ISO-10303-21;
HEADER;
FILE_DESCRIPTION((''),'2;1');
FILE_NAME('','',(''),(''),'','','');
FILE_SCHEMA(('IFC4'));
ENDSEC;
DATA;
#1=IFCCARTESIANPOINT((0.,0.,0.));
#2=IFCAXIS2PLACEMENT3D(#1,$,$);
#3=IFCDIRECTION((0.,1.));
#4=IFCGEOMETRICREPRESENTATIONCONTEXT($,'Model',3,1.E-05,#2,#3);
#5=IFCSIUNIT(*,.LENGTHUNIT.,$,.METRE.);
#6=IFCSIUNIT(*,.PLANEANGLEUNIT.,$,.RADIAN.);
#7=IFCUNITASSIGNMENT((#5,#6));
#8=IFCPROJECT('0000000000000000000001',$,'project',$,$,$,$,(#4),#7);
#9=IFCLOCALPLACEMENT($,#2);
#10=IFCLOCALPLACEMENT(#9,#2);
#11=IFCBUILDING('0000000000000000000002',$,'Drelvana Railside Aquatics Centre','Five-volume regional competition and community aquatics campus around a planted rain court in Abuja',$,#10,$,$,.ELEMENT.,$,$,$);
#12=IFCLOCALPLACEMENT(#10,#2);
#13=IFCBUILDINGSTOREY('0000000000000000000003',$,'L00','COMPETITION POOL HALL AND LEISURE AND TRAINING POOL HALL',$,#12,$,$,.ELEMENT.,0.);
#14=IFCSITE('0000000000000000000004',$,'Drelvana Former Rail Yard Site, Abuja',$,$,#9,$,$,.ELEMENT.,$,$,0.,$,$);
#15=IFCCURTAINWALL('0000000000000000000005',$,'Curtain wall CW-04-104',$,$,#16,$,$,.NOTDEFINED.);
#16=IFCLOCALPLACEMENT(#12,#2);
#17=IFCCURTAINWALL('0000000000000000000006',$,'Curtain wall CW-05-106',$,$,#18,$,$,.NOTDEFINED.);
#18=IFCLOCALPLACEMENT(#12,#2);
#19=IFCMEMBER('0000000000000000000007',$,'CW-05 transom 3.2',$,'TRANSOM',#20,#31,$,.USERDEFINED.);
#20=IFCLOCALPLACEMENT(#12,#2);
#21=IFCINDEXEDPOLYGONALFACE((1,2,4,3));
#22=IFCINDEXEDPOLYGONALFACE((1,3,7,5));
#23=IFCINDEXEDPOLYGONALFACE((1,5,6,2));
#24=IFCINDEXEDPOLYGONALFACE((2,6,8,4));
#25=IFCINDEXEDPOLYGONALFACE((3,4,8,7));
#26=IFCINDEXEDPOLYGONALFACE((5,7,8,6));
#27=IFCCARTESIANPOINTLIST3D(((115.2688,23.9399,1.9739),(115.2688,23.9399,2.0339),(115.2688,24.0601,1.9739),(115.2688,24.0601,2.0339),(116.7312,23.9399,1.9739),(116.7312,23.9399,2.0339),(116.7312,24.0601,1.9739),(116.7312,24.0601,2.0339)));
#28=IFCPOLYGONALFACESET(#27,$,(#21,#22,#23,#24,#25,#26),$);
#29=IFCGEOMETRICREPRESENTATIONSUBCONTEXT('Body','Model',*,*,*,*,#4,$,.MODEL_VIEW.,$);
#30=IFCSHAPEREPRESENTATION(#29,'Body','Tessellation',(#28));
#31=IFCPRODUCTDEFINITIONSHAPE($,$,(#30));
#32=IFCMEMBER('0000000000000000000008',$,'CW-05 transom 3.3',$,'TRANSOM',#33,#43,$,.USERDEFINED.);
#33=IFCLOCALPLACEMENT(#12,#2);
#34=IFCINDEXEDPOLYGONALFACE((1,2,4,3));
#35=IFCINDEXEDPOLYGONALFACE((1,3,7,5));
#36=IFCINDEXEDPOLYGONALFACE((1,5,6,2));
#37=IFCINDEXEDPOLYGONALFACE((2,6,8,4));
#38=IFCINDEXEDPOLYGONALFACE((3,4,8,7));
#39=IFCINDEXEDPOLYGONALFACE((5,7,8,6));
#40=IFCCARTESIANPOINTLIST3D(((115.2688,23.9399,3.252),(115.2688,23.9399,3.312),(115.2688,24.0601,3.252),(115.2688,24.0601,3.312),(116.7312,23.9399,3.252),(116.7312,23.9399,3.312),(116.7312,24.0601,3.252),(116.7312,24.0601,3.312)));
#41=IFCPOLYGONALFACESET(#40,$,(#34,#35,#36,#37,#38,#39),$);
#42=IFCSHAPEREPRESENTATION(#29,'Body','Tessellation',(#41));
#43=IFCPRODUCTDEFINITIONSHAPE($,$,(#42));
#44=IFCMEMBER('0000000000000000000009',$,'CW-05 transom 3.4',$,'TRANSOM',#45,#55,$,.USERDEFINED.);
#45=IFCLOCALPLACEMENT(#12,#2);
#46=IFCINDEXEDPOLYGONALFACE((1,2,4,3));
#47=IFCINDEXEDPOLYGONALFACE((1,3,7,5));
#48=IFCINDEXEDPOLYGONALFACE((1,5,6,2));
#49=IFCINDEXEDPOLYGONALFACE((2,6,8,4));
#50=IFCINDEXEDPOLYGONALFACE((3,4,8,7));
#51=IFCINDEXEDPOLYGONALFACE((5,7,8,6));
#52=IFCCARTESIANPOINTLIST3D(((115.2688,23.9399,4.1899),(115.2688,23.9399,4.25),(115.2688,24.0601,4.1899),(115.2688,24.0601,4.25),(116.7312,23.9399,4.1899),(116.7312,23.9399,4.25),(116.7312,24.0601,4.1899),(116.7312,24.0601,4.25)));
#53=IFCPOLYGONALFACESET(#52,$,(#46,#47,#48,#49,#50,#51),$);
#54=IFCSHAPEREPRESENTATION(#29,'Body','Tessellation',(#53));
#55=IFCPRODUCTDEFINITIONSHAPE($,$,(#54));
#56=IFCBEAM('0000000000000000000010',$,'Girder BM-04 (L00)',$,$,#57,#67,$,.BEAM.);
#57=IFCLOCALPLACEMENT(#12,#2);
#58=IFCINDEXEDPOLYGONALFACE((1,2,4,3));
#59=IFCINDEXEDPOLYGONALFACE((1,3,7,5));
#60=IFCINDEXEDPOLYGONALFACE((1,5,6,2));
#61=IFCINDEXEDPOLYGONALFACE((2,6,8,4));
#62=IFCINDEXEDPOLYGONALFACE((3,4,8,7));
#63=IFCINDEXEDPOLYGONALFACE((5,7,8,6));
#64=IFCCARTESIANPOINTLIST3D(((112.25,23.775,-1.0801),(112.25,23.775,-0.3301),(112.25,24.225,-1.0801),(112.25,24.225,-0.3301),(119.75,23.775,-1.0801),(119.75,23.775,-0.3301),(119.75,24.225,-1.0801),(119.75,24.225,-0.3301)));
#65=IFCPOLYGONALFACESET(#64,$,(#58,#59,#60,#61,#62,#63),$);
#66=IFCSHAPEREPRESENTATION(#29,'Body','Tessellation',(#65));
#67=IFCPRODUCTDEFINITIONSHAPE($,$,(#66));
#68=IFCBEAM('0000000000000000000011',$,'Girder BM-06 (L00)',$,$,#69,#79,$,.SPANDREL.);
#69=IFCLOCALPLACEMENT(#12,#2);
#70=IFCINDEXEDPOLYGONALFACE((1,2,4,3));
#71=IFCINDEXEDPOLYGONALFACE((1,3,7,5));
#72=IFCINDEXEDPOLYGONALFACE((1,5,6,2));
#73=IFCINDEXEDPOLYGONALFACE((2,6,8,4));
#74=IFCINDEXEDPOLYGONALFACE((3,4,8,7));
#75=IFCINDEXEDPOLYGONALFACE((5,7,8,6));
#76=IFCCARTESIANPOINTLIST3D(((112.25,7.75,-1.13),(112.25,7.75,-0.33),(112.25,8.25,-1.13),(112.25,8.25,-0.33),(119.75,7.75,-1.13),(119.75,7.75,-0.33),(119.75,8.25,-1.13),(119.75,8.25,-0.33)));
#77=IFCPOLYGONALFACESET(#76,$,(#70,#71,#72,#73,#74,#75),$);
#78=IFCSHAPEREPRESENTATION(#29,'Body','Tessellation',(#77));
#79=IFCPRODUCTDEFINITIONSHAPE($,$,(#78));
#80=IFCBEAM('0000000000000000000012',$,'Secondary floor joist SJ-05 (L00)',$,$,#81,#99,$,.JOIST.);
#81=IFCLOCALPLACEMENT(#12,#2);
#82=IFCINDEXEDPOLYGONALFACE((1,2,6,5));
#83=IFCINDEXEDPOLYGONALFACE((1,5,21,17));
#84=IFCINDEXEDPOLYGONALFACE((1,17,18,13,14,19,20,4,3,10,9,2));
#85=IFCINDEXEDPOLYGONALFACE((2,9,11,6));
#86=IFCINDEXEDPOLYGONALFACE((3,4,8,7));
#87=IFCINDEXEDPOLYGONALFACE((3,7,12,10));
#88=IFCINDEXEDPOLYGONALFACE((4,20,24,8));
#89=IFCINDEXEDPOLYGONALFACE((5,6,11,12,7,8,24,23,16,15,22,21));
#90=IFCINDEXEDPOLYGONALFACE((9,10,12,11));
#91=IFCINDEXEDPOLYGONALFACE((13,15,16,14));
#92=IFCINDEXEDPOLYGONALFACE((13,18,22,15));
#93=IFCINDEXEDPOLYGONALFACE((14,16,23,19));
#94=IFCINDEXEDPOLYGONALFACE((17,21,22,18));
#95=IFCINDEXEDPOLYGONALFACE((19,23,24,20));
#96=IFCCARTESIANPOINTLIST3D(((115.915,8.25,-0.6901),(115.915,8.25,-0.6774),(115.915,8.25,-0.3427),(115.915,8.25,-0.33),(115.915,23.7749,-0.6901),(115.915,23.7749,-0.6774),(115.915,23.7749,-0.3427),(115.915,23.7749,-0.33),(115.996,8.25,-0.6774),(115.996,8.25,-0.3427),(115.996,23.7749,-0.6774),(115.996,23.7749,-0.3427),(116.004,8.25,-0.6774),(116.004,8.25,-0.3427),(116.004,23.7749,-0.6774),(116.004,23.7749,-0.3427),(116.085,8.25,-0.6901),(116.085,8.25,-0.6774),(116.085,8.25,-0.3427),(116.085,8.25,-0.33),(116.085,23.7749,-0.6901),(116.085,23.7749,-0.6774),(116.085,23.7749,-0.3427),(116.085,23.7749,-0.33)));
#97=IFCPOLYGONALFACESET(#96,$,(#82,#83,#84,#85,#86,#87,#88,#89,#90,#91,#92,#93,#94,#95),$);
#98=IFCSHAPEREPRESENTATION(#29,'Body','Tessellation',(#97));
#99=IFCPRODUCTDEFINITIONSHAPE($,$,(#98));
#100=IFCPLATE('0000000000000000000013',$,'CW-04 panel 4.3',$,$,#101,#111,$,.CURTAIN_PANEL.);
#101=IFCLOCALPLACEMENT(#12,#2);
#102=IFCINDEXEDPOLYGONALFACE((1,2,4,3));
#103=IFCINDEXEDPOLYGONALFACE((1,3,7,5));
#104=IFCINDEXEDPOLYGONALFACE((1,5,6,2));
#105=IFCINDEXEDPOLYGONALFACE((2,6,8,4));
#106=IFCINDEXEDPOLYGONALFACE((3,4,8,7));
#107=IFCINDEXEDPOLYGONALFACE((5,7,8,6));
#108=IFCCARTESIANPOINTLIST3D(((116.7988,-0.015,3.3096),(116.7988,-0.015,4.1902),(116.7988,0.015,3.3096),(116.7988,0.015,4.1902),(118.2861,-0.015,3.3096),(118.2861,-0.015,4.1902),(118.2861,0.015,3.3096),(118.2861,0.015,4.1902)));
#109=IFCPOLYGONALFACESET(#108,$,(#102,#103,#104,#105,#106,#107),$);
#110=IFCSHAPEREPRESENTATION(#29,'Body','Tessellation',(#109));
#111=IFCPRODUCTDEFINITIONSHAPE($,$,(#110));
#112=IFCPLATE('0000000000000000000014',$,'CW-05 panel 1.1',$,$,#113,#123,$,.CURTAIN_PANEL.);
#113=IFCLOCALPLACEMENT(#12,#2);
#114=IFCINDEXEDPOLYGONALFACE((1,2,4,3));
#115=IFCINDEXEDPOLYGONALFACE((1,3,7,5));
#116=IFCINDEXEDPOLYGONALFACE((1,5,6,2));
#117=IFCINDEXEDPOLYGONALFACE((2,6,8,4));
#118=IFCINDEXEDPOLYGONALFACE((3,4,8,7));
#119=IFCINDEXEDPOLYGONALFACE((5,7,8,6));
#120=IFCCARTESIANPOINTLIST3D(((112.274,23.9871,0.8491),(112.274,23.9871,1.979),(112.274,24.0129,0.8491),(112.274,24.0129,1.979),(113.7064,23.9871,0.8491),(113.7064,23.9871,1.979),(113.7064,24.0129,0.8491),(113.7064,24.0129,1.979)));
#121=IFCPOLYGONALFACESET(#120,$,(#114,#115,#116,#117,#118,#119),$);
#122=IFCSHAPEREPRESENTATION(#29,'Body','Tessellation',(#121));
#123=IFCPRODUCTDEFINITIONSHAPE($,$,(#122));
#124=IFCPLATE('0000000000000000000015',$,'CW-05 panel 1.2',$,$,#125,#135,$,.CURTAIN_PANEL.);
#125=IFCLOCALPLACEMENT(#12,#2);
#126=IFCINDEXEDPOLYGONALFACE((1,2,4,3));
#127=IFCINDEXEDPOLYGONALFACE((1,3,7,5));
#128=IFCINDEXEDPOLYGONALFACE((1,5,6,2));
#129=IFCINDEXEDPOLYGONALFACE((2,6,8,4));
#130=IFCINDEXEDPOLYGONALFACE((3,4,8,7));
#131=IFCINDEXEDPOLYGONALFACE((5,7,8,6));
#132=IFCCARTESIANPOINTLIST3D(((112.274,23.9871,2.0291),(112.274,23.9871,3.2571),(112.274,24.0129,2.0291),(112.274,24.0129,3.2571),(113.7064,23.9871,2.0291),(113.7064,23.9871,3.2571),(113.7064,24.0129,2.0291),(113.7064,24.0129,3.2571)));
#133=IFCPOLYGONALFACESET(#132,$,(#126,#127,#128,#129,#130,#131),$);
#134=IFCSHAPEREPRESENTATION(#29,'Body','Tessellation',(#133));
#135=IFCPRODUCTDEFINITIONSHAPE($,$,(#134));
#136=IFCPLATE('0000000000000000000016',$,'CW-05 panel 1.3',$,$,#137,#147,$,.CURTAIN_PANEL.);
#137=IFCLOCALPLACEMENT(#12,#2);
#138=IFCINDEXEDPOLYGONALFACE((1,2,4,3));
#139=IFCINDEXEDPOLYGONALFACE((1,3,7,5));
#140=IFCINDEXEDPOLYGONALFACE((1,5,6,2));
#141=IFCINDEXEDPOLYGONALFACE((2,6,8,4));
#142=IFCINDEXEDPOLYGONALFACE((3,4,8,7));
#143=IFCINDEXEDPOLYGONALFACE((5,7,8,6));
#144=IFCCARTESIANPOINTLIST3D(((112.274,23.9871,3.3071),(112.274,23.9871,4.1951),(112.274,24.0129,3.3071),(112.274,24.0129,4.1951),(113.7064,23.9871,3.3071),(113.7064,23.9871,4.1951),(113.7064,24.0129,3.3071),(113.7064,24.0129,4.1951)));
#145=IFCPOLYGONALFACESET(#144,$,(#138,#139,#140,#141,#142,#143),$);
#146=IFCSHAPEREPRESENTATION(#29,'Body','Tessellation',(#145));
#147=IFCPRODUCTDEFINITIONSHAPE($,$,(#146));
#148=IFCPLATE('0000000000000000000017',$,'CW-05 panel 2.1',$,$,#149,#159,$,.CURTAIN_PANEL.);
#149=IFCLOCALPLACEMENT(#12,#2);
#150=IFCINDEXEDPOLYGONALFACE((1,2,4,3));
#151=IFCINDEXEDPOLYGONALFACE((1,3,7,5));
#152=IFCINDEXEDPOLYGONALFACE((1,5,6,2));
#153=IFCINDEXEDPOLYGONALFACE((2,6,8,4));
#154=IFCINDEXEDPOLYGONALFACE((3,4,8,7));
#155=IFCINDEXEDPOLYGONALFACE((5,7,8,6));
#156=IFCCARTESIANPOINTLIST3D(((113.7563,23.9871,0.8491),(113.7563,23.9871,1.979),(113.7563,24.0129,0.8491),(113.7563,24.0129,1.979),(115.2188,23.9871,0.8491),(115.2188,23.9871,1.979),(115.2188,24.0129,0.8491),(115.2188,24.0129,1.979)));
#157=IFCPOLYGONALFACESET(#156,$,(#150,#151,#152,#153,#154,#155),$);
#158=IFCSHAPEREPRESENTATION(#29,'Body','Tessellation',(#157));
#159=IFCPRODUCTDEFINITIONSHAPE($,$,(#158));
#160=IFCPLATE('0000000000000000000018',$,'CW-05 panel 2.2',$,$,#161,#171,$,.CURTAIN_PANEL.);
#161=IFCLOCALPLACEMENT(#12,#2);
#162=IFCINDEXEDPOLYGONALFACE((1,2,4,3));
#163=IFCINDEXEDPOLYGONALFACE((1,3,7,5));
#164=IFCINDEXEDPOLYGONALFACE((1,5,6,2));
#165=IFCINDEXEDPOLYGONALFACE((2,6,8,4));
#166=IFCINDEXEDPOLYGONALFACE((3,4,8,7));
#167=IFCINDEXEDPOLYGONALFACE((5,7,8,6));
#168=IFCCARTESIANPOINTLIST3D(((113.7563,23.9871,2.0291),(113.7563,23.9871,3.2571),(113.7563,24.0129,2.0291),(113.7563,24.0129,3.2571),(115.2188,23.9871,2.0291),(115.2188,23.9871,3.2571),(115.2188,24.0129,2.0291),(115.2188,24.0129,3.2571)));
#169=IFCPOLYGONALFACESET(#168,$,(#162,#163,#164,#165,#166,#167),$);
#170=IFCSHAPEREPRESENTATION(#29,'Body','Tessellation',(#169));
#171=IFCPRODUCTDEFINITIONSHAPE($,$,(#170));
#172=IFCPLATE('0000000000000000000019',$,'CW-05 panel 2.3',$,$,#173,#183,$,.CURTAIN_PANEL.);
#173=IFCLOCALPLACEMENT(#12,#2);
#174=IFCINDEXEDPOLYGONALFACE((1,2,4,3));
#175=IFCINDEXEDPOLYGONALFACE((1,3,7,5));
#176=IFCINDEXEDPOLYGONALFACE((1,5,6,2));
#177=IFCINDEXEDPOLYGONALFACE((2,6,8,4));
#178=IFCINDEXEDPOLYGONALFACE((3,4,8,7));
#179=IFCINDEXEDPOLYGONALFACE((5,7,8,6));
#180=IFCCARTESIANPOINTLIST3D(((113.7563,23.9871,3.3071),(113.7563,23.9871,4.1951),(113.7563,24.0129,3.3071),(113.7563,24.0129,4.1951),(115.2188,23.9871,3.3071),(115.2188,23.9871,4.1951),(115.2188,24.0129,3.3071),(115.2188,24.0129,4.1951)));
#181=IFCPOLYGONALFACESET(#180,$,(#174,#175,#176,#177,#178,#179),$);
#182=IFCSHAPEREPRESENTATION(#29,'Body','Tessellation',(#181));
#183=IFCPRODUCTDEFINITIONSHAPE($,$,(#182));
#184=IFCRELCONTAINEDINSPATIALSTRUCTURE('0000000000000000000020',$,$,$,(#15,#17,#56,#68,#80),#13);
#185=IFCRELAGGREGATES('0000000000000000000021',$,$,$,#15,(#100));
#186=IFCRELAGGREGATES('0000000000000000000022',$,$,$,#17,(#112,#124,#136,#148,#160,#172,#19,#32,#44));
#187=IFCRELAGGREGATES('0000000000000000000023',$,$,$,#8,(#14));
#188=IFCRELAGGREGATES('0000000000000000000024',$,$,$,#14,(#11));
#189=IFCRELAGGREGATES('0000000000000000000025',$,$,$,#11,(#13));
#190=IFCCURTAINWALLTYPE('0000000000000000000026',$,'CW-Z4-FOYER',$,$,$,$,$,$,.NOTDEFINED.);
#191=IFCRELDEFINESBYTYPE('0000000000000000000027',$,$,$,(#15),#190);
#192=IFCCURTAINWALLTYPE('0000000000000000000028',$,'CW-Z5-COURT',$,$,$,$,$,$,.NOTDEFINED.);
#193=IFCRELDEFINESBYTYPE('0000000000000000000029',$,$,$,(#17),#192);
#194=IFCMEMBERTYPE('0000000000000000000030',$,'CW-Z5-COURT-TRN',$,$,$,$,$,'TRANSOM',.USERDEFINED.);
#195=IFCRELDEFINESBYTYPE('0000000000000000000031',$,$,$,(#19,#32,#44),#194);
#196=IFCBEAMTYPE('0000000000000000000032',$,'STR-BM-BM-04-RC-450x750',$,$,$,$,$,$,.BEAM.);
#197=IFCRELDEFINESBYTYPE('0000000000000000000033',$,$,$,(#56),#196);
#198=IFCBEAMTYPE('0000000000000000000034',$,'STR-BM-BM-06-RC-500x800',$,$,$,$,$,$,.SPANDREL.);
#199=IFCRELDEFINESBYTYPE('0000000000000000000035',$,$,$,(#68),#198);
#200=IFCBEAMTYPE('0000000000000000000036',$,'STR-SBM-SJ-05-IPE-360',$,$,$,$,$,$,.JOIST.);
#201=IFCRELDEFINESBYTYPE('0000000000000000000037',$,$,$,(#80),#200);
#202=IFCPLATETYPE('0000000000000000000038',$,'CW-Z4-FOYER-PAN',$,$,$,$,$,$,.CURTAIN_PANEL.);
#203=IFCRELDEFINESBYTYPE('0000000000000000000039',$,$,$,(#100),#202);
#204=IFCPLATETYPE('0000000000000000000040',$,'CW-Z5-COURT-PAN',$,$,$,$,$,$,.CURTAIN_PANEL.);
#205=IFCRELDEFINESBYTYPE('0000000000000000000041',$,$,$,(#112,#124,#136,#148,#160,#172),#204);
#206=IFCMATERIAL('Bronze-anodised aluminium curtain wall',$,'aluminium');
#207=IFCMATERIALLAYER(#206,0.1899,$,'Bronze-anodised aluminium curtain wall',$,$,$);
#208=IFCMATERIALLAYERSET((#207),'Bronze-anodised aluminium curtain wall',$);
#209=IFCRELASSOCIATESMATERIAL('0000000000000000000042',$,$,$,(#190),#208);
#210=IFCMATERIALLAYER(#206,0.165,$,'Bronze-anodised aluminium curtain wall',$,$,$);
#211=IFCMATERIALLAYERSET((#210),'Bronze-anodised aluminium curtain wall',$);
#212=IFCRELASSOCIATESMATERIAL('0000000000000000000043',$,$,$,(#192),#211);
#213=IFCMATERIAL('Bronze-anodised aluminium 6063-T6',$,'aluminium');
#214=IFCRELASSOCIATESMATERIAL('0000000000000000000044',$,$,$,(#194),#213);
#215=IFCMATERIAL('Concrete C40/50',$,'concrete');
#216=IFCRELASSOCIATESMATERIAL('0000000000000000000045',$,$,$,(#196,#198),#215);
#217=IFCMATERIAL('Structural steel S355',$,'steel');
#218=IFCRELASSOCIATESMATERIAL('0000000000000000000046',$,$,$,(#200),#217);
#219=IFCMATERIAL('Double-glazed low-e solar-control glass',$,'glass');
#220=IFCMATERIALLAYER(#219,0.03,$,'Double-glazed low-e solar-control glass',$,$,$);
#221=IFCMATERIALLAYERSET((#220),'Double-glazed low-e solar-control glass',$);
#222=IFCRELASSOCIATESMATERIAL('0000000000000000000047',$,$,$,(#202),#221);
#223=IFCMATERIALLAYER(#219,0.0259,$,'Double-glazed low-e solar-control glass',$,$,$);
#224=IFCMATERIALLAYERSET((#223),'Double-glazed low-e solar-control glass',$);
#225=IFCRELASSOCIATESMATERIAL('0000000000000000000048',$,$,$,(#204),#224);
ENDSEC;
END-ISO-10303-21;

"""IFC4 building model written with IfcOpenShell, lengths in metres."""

from ifc_helpers import new_model, si_unit, direction, frame, origin, origin_2d, place, context, subcontext, project, spatial, rectangle, i_section, extrude, material, layer, layer_set, material_profile, profile_set, type_object, element, aggregate, save


model = new_model("IFC4")

# Units and contexts
model_context = context("Model", 3, precision=1e-05, world=origin(), true_north=direction((0.0, 1.0)))
body_context = subcontext(model_context, "Body", "Model", "MODEL_VIEW")
ifc_project = project(units=[si_unit("LENGTHUNIT", "METRE"), si_unit("PLANEANGLEUNIT", "RADIAN")], contexts=[model_context])

# Site, building, storey
site_placement = place(None, origin())
site = spatial("IfcSite", under=ifc_project, at=site_placement, Name="Drelvana Former Rail Yard Site, Abuja", CompositionType="ELEMENT", RefElevation=0.0)
building_placement = place(site_placement, origin())
building = spatial("IfcBuilding", under=site, at=building_placement, Name="Drelvana Railside Aquatics Centre", Description="Five-volume regional competition and community aquatics campus around a planted rain court in Abuja", CompositionType="ELEMENT")
storey_placement = place(building_placement, origin())
storey = spatial("IfcBuildingStorey", under=building, at=storey_placement, Name="L00", Description="COMPETITION POOL HALL AND LEISURE AND TRAINING POOL HALL", CompositionType="ELEMENT", Elevation=0.0)

# Curtain walls, members
ifc_material_1 = material(Name="Bronze-anodised aluminium curtain wall", Category="aluminium")
ifc_layer_1 = layer(ifc_material_1, 0.1899, Name="Bronze-anodised aluminium curtain wall")
ifc_layer_set_1 = layer_set([ifc_layer_1], Name="Bronze-anodised aluminium curtain wall")
curtain_wall_type_1 = type_object("IfcCurtainWallType", Name="CW-Z4-FOYER", PredefinedType="NOTDEFINED", material=ifc_layer_set_1)
curtain_wall_1_placement = place(storey_placement, origin())
curtain_wall_1 = element("IfcCurtainWall", 1, at=curtain_wall_1_placement, inside=storey, type_object=curtain_wall_type_1, Name="Curtain wall CW-04-104", PredefinedType="NOTDEFINED")
ifc_material_2 = material(Name="Bronze-anodised aluminium 6063-T6", Category="aluminium")
ifc_layer_2 = layer(ifc_material_1, 0.165, Name="Bronze-anodised aluminium curtain wall")
ifc_layer_set_2 = layer_set([ifc_layer_2], Name="Bronze-anodised aluminium curtain wall")
curtain_wall_type_2 = type_object("IfcCurtainWallType", Name="CW-Z5-COURT", PredefinedType="NOTDEFINED", material=ifc_layer_set_2)
curtain_wall_2_placement = place(storey_placement, origin())
curtain_wall_2 = element("IfcCurtainWall", 2, at=curtain_wall_2_placement, inside=storey, type_object=curtain_wall_type_2, Name="Curtain wall CW-05-106", PredefinedType="NOTDEFINED")
ifc_material_profile_1 = material_profile(ifc_material_2, rectangle(XDim=0.1201, YDim=0.0601, at=origin_2d()), Name="ALU-T 60x120")
ifc_profile_set_1 = profile_set([ifc_material_profile_1], Name="Bronze-anodised aluminium 6063-T6")
member_type_1 = type_object("IfcMemberType", Name="CW-Z5-COURT-TRN", ElementType="TRANSOM", PredefinedType="USERDEFINED", material=ifc_profile_set_1)
member_1_placement = place(storey_placement, frame((115.2688, 24.0, 2.0039), z_axis=(1.0, 0.0, 0.0), x_axis=(0.0, 1.0, 0.0)))
member_1 = element("IfcMember", 3, at=member_1_placement, type_object=member_type_1, Name="CW-05 transom 3.2", ObjectType="TRANSOM", PredefinedType="USERDEFINED", context=body_context, shape_type="SweptSolid", body=[
    extrude(rectangle(XDim=0.1201, YDim=0.0601, at=origin_2d()), origin(), (0.0, 0.0, 1.0), 1.4624),
])
member_2_placement = place(storey_placement, frame((115.2688, 24.0, 3.282), z_axis=(1.0, 0.0, 0.0), x_axis=(0.0, 1.0, 0.0)))
member_2 = element("IfcMember", 4, at=member_2_placement, type_object=member_type_1, Name="CW-05 transom 3.3", ObjectType="TRANSOM", PredefinedType="USERDEFINED", context=body_context, shape_type="SweptSolid", body=[
    extrude(rectangle(XDim=0.1201, YDim=0.0601, at=origin_2d()), origin(), (0.0, 0.0, 1.0), 1.4624),
])
member_3_placement = place(storey_placement, frame((115.2688, 24.0, 4.22), z_axis=(1.0, 0.0, 0.0), x_axis=(0.0, 1.0, 0.0)))
member_3 = element("IfcMember", 5, at=member_3_placement, type_object=member_type_1, Name="CW-05 transom 3.4", ObjectType="TRANSOM", PredefinedType="USERDEFINED", context=body_context, shape_type="SweptSolid", body=[
    extrude(rectangle(XDim=0.1201, YDim=0.0601, at=origin_2d()), origin(), (0.0, 0.0, 1.0), 1.4624),
])

# Beams
ifc_material_3 = material(Name="Concrete C40/50", Category="concrete")
ifc_material_profile_2 = material_profile(ifc_material_3, rectangle(XDim=0.45, YDim=0.75, at=origin_2d()), Name="RC 450x750")
ifc_profile_set_2 = profile_set([ifc_material_profile_2], Name="Concrete C40/50")
beam_type_1 = type_object("IfcBeamType", Name="STR-BM-BM-04-RC-450x750", PredefinedType="BEAM", material=ifc_profile_set_2)
beam_1_placement = place(storey_placement, frame((112.25, 24.0, -0.7051), z_axis=(1.0, 0.0, 0.0), x_axis=(0.0, 1.0, 0.0)))
element("IfcBeam", 6, at=beam_1_placement, inside=storey, type_object=beam_type_1, Name="Girder BM-04 (L00)", PredefinedType="BEAM", context=body_context, shape_type="SweptSolid", body=[
    extrude(rectangle(XDim=0.45, YDim=0.75, at=origin_2d()), origin(), (0.0, 0.0, 1.0), 7.5),
])
ifc_material_profile_3 = material_profile(ifc_material_3, rectangle(XDim=0.5, YDim=0.8, at=origin_2d()), Name="RC 500x800")
ifc_profile_set_3 = profile_set([ifc_material_profile_3], Name="Concrete C40/50")
beam_type_2 = type_object("IfcBeamType", Name="STR-BM-BM-06-RC-500x800", PredefinedType="SPANDREL", material=ifc_profile_set_3)
beam_2_placement = place(storey_placement, frame((112.25, 8.0, -0.73), z_axis=(1.0, 0.0, 0.0), x_axis=(0.0, 1.0, 0.0)))
element("IfcBeam", 7, at=beam_2_placement, inside=storey, type_object=beam_type_2, Name="Girder BM-06 (L00)", PredefinedType="SPANDREL", context=body_context, shape_type="SweptSolid", body=[
    extrude(rectangle(XDim=0.5, YDim=0.8, at=origin_2d()), origin(), (0.0, 0.0, 1.0), 7.5),
])
ifc_material_4 = material(Name="Structural steel S355", Category="steel")
ifc_material_profile_4 = material_profile(ifc_material_4, i_section(OverallWidth=0.1699, OverallDepth=0.3601, WebThickness=0.0081, FlangeThickness=0.0127, at=origin_2d()), Name="IPE 360")
ifc_profile_set_4 = profile_set([ifc_material_profile_4], Name="Structural steel S355")
beam_type_3 = type_object("IfcBeamType", Name="STR-SBM-SJ-05-IPE-360", PredefinedType="JOIST", material=ifc_profile_set_4)
beam_3_placement = place(storey_placement, frame((116.0, 8.25, -0.51), z_axis=(0.0, 1.0, 0.0), x_axis=(-1.0, 0.0, 0.0)))
element("IfcBeam", 8, at=beam_3_placement, inside=storey, type_object=beam_type_3, Name="Secondary floor joist SJ-05 (L00)", PredefinedType="JOIST", context=body_context, shape_type="SweptSolid", body=[
    extrude(i_section(OverallWidth=0.1699, OverallDepth=0.3601, WebThickness=0.0081, FlangeThickness=0.0127, at=origin_2d()), origin(), (0.0, 0.0, 1.0), 15.5249),
])

# Plates
ifc_material_5 = material(Name="Double-glazed low-e solar-control glass", Category="glass")
ifc_layer_3 = layer(ifc_material_5, 0.03, Name="Double-glazed low-e solar-control glass")
ifc_layer_set_3 = layer_set([ifc_layer_3], Name="Double-glazed low-e solar-control glass")
plate_type_1 = type_object("IfcPlateType", Name="CW-Z4-FOYER-PAN", PredefinedType="CURTAIN_PANEL", material=ifc_layer_set_3)
plate_1_placement = place(storey_placement, frame((117.5425, 0.0, 3.3096), z_axis=(0.0, 0.0, 1.0), x_axis=(1.0, 0.0, 0.0)))
plate_1 = element("IfcPlate", 9, at=plate_1_placement, type_object=plate_type_1, Name="CW-04 panel 4.3", PredefinedType="CURTAIN_PANEL", context=body_context, shape_type="SweptSolid", body=[
    extrude(rectangle(XDim=1.4873, YDim=0.03, at=origin_2d()), origin(), (0.0, 0.0, 1.0), 0.8806),
])
aggregate(curtain_wall_1, [plate_1])
ifc_layer_4 = layer(ifc_material_5, 0.0259, Name="Double-glazed low-e solar-control glass")
ifc_layer_set_4 = layer_set([ifc_layer_4], Name="Double-glazed low-e solar-control glass")
plate_type_2 = type_object("IfcPlateType", Name="CW-Z5-COURT-PAN", PredefinedType="CURTAIN_PANEL", material=ifc_layer_set_4)
plate_2_placement = place(storey_placement, frame((112.9902, 24.0, 0.8491), z_axis=(0.0, 0.0, 1.0), x_axis=(1.0, 0.0, 0.0)))
plate_2 = element("IfcPlate", 10, at=plate_2_placement, type_object=plate_type_2, Name="CW-05 panel 1.1", PredefinedType="CURTAIN_PANEL", context=body_context, shape_type="SweptSolid", body=[
    extrude(rectangle(XDim=1.4324, YDim=0.0259, at=origin_2d()), origin(), (0.0, 0.0, 1.0), 1.1299),
])
plate_3_placement = place(storey_placement, frame((112.9902, 24.0, 2.0291), z_axis=(0.0, 0.0, 1.0), x_axis=(1.0, 0.0, 0.0)))
plate_3 = element("IfcPlate", 11, at=plate_3_placement, type_object=plate_type_2, Name="CW-05 panel 1.2", PredefinedType="CURTAIN_PANEL", context=body_context, shape_type="SweptSolid", body=[
    extrude(rectangle(XDim=1.4324, YDim=0.0259, at=origin_2d()), origin(), (0.0, 0.0, 1.0), 1.228),
])
plate_4_placement = place(storey_placement, frame((112.9902, 24.0, 3.3071), z_axis=(0.0, 0.0, 1.0), x_axis=(1.0, 0.0, 0.0)))
plate_4 = element("IfcPlate", 12, at=plate_4_placement, type_object=plate_type_2, Name="CW-05 panel 1.3", PredefinedType="CURTAIN_PANEL", context=body_context, shape_type="SweptSolid", body=[
    extrude(rectangle(XDim=1.4324, YDim=0.0259, at=origin_2d()), origin(), (0.0, 0.0, 1.0), 0.8879),
])
plate_5_placement = place(storey_placement, frame((114.4875, 24.0, 0.8491), z_axis=(0.0, 0.0, 1.0), x_axis=(1.0, 0.0, 0.0)))
plate_5 = element("IfcPlate", 13, at=plate_5_placement, type_object=plate_type_2, Name="CW-05 panel 2.1", PredefinedType="CURTAIN_PANEL", context=body_context, shape_type="SweptSolid", body=[
    extrude(rectangle(XDim=1.4624, YDim=0.0259, at=origin_2d()), origin(), (0.0, 0.0, 1.0), 1.1299),
])
plate_6_placement = place(storey_placement, frame((114.4875, 24.0, 2.0291), z_axis=(0.0, 0.0, 1.0), x_axis=(1.0, 0.0, 0.0)))
plate_6 = element("IfcPlate", 14, at=plate_6_placement, type_object=plate_type_2, Name="CW-05 panel 2.2", PredefinedType="CURTAIN_PANEL", context=body_context, shape_type="SweptSolid", body=[
    extrude(rectangle(XDim=1.4624, YDim=0.0259, at=origin_2d()), origin(), (0.0, 0.0, 1.0), 1.228),
])
plate_7_placement = place(storey_placement, frame((114.4875, 24.0, 3.3071), z_axis=(0.0, 0.0, 1.0), x_axis=(1.0, 0.0, 0.0)))
plate_7 = element("IfcPlate", 15, at=plate_7_placement, type_object=plate_type_2, Name="CW-05 panel 2.3", PredefinedType="CURTAIN_PANEL", context=body_context, shape_type="SweptSolid", body=[
    extrude(rectangle(XDim=1.4624, YDim=0.0259, at=origin_2d()), origin(), (0.0, 0.0, 1.0), 0.8879),
])
aggregate(curtain_wall_2, [plate_2, plate_3, plate_4, plate_5, plate_6, plate_7, member_1, member_2, member_3])

save(model, "model.ifc")
